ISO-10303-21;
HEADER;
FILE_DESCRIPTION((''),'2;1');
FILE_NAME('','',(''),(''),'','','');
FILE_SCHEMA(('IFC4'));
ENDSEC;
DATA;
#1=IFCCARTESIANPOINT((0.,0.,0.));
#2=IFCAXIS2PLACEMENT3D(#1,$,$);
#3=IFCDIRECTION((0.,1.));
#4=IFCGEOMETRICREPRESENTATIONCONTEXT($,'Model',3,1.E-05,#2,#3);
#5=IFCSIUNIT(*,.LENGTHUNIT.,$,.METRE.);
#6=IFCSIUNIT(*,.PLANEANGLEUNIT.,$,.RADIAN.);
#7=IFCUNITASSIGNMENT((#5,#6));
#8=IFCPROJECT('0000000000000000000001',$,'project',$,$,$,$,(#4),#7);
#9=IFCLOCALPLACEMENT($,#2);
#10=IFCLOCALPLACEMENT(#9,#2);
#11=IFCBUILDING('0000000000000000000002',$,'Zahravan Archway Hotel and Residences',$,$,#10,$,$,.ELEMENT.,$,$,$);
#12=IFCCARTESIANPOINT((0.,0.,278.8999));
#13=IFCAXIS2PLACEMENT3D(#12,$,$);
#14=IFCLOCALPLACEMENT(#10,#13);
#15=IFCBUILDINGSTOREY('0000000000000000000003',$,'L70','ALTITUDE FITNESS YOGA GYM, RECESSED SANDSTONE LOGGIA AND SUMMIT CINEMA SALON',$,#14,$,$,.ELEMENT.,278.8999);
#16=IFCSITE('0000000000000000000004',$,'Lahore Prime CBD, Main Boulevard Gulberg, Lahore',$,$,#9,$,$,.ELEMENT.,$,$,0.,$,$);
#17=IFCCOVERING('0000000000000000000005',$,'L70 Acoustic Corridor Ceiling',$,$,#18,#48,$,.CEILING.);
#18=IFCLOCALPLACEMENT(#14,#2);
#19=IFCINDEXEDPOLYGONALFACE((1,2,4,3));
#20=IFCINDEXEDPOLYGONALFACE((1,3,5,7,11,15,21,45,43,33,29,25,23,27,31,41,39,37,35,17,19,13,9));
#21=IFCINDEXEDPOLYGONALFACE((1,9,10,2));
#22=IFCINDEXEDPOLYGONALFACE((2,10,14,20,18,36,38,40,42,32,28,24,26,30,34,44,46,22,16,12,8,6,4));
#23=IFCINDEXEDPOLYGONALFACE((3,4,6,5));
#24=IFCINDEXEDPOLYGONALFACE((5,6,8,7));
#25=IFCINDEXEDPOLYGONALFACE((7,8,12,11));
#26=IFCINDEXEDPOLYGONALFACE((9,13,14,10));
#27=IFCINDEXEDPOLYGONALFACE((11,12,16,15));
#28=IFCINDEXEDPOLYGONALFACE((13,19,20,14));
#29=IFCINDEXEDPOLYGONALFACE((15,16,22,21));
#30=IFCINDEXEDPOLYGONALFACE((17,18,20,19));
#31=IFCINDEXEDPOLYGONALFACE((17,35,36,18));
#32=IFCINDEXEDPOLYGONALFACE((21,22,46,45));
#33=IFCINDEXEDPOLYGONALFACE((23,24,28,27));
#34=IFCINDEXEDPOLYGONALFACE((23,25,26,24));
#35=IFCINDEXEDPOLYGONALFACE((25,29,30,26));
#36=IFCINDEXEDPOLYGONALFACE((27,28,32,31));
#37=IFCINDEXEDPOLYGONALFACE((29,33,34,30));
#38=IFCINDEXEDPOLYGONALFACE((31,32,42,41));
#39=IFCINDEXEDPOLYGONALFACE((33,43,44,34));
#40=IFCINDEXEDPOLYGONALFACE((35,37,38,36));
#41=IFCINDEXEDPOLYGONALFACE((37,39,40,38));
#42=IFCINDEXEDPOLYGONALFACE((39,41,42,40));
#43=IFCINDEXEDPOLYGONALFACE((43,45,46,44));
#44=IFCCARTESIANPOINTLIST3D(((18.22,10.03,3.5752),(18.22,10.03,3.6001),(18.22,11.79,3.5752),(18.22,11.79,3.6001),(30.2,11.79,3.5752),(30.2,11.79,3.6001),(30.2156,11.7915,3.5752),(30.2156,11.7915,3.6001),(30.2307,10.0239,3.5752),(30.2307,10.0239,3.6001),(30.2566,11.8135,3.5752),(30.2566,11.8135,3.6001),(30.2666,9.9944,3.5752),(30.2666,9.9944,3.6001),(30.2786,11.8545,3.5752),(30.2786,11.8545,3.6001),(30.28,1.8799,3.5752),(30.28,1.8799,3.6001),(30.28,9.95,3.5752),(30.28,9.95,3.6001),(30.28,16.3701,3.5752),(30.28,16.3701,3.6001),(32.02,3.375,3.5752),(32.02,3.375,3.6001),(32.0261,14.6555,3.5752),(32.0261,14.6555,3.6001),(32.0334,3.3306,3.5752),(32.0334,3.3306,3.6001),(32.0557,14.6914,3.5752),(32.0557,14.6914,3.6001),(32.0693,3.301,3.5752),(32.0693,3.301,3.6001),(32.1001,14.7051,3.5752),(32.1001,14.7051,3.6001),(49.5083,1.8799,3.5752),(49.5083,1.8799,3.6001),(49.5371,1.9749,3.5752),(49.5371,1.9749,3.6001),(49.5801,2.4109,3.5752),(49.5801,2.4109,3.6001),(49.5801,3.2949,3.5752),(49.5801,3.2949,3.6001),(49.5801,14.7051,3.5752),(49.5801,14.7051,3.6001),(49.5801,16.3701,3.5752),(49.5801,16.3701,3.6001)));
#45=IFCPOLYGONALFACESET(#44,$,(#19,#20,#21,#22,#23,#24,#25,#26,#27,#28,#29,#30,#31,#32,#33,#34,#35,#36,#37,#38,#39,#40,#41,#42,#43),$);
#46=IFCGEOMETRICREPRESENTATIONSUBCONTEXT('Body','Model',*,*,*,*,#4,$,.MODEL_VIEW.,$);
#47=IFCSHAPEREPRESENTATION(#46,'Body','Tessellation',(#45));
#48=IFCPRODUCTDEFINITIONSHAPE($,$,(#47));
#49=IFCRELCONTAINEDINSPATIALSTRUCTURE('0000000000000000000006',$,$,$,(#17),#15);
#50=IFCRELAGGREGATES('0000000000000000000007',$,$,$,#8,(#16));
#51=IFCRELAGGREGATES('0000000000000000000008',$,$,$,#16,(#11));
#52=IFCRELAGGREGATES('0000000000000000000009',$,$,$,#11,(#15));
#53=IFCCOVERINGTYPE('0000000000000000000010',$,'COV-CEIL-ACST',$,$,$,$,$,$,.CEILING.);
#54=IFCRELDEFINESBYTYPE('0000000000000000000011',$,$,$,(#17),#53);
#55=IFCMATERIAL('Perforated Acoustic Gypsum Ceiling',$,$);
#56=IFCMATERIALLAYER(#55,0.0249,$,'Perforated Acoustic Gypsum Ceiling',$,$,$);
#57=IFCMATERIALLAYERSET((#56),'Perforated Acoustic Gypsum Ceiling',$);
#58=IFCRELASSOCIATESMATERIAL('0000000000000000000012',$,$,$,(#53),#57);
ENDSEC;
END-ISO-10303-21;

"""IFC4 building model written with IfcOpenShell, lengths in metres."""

from ifc_helpers import new_model, si_unit, direction, frame, origin, place, context, subcontext, project, spatial, polyline, outline, extrude, material, layer, layer_set, type_object, element, save


model = new_model("IFC4")

# Units and contexts
model_context = context("Model", 3, precision=1e-05, world=origin(), true_north=direction((0.0, 1.0)))
body_context = subcontext(model_context, "Body", "Model", "MODEL_VIEW")
ifc_project = project(units=[si_unit("LENGTHUNIT", "METRE"), si_unit("PLANEANGLEUNIT", "RADIAN")], contexts=[model_context])

# Site, building, storey
site_placement = place(None, origin())
site = spatial("IfcSite", under=ifc_project, at=site_placement, Name="Lahore Prime CBD, Main Boulevard Gulberg, Lahore", CompositionType="ELEMENT", RefElevation=0.0)
building_placement = place(site_placement, origin())
building = spatial("IfcBuilding", under=site, at=building_placement, Name="Zahravan Archway Hotel and Residences", CompositionType="ELEMENT")
storey_placement = place(building_placement, frame((0.0, 0.0, 278.8999)))
storey = spatial("IfcBuildingStorey", under=building, at=storey_placement, Name="L70", Description="ALTITUDE FITNESS YOGA GYM, RECESSED SANDSTONE LOGGIA AND SUMMIT CINEMA SALON", CompositionType="ELEMENT", Elevation=278.8999)

# Covering
ifc_material_1 = material(Name="Perforated Acoustic Gypsum Ceiling")
ifc_layer_1 = layer(ifc_material_1, 0.0249, Name="Perforated Acoustic Gypsum Ceiling")
ifc_layer_set_1 = layer_set([ifc_layer_1], Name="Perforated Acoustic Gypsum Ceiling")
covering_type = type_object("IfcCoveringType", Name="COV-CEIL-ACST", PredefinedType="CEILING", material=ifc_layer_set_1)
covering_placement = place(storey_placement, frame((0.0, 0.0, 3.5752)))
element("IfcCovering", 1, at=covering_placement, inside=storey, type_object=covering_type, Name="L70 Acoustic Corridor Ceiling", PredefinedType="CEILING", context=body_context, shape_type="SweptSolid", body=[
    extrude(outline(polyline([(30.2156, 11.7915), (30.2566, 11.8135), (30.2786, 11.8545), (30.28, 16.3701), (49.5801, 16.3701), (49.5801, 14.7051), (32.1001, 14.7051), (32.0557, 14.6914), (32.0261, 14.6555), (32.02, 3.375), (32.0334, 3.3306), (32.0693, 3.301), (49.5801, 3.2949), (49.5801, 2.4109), (49.5371, 1.9749), (49.5083, 1.8799), (30.28, 1.8799), (30.28, 9.95), (30.2666, 9.9944), (30.2307, 10.0239), (18.22, 10.03), (18.22, 11.79), (30.2, 11.79), (30.2156, 11.7915)])), origin(), (0.0, 0.0, 1.0), 0.0249),
])

save(model, "model.ifc")
